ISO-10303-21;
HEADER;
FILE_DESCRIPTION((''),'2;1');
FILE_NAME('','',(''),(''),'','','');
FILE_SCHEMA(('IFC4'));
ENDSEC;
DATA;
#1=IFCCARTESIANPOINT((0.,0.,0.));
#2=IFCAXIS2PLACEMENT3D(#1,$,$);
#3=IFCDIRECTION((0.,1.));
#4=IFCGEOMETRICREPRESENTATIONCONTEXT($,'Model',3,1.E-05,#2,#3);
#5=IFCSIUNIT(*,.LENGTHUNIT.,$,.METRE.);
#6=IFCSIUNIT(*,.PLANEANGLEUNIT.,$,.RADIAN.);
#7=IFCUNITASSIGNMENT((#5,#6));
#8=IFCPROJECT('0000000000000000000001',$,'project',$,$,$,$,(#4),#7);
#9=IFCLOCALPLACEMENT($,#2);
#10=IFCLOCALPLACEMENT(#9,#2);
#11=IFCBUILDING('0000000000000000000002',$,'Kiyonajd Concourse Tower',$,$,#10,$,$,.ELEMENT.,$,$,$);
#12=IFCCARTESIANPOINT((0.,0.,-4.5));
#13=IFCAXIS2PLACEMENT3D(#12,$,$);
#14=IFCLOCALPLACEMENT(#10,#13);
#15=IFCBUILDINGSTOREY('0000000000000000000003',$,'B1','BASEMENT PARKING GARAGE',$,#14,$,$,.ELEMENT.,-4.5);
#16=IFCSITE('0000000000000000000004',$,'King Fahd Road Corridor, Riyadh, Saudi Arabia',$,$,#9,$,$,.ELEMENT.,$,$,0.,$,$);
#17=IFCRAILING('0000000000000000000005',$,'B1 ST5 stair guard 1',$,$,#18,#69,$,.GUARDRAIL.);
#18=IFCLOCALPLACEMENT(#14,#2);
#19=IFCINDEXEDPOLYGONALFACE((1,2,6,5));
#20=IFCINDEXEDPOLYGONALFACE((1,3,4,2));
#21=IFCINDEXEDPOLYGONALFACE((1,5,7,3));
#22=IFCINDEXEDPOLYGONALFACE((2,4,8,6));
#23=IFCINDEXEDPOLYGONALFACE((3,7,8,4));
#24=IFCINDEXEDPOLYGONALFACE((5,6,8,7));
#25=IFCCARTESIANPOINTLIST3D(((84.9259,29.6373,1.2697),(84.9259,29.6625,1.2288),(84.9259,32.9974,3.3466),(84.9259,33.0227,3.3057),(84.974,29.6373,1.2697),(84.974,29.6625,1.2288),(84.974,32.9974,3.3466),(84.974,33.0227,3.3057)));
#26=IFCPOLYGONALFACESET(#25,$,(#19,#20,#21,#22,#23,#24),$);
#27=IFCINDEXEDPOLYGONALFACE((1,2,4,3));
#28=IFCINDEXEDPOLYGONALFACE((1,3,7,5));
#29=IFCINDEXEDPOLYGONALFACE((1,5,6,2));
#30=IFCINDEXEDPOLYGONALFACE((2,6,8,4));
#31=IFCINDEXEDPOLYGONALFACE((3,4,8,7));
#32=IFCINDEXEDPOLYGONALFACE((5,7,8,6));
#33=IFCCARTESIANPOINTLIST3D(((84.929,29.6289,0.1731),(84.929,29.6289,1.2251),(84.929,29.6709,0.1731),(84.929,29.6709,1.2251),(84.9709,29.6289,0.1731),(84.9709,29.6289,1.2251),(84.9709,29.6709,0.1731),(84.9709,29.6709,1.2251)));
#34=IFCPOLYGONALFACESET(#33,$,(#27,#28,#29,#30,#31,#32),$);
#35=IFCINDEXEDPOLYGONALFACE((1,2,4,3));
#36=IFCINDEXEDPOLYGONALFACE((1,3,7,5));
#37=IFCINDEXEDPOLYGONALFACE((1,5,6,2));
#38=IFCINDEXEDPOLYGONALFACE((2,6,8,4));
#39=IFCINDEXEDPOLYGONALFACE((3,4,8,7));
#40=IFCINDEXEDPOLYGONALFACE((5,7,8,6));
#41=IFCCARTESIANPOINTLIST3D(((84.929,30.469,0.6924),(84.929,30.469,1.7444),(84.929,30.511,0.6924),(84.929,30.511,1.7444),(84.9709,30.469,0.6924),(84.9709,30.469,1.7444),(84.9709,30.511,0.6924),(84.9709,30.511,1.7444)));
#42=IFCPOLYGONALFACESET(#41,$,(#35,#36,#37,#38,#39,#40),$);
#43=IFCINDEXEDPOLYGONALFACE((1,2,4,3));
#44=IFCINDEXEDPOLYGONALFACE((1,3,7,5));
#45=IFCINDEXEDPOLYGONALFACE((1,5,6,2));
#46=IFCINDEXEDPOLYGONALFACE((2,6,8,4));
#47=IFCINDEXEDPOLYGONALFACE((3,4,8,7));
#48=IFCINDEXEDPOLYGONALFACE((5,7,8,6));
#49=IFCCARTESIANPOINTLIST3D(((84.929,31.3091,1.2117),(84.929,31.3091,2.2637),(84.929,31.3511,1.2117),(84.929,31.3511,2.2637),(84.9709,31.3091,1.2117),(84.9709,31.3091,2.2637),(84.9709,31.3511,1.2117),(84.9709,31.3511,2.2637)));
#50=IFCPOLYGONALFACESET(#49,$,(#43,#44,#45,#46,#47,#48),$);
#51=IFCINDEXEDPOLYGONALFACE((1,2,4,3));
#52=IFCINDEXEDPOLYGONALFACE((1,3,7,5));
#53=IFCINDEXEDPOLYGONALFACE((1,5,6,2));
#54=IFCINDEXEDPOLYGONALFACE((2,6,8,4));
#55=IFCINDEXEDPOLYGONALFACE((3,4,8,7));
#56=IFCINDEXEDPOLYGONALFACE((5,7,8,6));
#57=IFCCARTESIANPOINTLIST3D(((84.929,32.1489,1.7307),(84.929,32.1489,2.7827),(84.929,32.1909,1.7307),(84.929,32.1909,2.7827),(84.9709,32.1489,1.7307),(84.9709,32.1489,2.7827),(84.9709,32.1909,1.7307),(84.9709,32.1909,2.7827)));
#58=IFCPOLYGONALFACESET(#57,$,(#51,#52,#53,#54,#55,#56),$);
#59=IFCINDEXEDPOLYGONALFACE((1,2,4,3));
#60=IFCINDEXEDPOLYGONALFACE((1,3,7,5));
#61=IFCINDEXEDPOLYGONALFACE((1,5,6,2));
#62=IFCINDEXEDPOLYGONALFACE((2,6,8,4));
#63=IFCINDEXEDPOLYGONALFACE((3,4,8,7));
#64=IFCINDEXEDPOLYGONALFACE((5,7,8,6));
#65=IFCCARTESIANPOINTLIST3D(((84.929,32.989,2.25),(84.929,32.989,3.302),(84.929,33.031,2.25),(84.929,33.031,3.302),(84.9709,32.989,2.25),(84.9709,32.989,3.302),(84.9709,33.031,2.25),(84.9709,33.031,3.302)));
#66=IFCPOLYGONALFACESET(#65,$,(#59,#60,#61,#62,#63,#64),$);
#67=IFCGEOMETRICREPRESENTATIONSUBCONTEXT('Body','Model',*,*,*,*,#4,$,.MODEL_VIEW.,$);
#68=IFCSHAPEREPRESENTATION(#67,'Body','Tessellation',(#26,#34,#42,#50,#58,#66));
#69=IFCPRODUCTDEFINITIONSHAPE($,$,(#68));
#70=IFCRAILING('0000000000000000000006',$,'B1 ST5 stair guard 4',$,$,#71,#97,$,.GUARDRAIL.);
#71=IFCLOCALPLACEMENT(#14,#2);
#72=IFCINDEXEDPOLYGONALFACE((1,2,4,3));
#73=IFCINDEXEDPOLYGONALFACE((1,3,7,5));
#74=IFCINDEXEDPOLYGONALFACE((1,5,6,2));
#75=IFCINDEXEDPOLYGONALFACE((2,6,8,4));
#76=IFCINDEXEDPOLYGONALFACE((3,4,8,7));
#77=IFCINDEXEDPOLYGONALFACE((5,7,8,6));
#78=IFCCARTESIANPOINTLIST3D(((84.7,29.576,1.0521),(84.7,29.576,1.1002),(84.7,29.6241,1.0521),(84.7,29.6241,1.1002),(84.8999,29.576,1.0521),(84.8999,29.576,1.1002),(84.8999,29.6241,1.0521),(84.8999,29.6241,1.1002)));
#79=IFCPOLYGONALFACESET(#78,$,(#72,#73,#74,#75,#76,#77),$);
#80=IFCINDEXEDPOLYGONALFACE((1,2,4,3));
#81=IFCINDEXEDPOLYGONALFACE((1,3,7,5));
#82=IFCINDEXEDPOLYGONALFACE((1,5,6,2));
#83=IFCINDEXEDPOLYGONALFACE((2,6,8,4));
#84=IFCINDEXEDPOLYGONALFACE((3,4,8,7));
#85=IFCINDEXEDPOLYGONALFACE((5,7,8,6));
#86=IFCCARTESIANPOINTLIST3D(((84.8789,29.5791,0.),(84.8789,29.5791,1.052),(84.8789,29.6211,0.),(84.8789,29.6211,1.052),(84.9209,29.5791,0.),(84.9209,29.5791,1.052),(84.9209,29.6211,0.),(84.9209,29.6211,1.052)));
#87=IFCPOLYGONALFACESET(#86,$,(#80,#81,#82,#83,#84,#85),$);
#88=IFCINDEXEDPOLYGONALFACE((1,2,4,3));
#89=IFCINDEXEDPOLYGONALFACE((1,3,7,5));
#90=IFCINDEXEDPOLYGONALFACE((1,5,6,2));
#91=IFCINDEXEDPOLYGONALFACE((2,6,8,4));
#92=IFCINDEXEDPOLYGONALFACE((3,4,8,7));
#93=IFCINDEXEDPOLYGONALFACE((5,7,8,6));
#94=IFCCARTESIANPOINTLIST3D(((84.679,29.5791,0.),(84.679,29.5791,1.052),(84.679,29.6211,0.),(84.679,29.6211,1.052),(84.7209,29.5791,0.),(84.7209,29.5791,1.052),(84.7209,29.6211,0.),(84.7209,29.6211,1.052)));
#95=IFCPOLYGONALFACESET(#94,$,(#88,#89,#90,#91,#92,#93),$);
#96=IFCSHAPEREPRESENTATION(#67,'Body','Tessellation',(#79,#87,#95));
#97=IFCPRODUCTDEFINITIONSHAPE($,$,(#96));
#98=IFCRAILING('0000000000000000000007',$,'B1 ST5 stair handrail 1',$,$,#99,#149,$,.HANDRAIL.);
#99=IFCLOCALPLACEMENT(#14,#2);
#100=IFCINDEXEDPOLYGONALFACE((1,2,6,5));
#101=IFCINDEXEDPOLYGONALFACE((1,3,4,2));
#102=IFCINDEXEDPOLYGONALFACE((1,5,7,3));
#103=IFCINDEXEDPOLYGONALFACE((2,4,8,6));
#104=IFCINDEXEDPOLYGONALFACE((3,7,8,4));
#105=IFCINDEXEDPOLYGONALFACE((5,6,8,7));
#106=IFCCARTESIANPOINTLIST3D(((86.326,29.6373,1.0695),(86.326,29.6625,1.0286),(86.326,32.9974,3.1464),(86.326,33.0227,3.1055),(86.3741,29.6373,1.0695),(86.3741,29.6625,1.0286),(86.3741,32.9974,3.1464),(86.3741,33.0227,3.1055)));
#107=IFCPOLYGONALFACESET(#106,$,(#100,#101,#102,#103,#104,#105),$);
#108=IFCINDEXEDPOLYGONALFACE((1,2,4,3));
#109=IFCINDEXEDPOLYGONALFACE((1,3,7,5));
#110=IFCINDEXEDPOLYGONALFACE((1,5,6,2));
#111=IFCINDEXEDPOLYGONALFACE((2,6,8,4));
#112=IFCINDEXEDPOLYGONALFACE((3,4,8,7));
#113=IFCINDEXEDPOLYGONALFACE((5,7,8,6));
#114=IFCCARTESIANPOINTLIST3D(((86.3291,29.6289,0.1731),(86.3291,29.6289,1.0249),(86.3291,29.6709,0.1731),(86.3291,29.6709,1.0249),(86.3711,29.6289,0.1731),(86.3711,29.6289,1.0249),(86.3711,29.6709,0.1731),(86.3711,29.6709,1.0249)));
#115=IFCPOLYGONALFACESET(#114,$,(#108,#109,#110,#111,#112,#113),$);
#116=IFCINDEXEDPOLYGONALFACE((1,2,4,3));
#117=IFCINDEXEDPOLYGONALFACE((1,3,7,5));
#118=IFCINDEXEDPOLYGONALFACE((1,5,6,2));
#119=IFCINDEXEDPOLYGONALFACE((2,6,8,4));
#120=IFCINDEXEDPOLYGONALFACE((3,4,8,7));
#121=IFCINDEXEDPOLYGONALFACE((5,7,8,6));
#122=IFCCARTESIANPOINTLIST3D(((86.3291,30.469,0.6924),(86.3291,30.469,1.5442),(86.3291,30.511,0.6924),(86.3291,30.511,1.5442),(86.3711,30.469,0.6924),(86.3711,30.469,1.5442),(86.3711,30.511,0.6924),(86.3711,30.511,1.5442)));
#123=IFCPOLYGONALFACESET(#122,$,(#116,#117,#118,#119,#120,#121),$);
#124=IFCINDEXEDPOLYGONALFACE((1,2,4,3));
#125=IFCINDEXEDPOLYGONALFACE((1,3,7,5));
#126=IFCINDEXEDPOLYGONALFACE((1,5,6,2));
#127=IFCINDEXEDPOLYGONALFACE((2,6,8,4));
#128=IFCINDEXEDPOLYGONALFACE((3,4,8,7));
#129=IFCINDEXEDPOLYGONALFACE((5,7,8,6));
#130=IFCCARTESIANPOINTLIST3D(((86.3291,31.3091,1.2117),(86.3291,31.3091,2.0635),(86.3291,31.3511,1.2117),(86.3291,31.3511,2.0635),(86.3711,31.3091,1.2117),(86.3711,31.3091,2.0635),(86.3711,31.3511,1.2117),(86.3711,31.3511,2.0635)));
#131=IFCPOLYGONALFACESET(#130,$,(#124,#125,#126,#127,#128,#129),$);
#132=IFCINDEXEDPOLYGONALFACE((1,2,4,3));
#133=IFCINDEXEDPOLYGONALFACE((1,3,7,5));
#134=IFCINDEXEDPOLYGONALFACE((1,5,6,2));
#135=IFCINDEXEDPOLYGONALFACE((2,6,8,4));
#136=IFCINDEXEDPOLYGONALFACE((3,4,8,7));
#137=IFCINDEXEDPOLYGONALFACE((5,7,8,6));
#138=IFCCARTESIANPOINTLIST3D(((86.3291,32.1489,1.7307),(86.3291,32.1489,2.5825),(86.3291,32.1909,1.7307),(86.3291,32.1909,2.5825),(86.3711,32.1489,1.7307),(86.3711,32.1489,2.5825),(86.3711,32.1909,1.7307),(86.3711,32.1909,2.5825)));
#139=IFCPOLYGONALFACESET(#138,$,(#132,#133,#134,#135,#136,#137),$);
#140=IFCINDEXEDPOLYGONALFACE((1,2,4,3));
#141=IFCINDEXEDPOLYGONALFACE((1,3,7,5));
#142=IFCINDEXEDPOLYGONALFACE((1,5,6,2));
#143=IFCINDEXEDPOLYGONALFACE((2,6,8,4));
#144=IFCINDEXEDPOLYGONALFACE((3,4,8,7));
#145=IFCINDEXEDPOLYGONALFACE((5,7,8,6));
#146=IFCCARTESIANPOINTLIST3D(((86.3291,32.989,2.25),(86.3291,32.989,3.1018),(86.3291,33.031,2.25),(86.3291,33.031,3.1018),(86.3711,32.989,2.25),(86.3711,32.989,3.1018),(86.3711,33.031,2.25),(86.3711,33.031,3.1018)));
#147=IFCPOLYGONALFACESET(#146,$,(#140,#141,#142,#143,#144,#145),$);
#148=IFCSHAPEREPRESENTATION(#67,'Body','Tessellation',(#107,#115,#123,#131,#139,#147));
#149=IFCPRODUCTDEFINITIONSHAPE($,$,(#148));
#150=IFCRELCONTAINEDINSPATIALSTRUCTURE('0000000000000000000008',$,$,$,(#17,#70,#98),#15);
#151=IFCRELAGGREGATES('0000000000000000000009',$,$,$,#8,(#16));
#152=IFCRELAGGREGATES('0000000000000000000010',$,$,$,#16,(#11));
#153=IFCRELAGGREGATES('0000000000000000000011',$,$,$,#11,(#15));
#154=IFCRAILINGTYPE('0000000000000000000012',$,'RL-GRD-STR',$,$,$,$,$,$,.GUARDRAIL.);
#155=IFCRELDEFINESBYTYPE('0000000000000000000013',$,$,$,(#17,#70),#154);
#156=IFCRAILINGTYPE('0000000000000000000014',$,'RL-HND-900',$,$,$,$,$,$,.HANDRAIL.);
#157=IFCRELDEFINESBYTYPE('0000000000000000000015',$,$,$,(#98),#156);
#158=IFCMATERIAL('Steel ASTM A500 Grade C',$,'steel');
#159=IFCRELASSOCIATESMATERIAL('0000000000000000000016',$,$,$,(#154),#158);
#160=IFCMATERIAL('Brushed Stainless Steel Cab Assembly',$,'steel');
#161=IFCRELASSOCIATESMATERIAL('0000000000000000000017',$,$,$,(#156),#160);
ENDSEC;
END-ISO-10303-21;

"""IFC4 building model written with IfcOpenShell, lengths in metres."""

from ifc_helpers import new_model, si_unit, direction, frame, origin, origin_2d, place, context, subcontext, project, spatial, rectangle, extrude, material, type_object, element, save


model = new_model("IFC4")

# Units and contexts
model_context = context("Model", 3, precision=1e-05, world=origin(), true_north=direction((0.0, 1.0)))
body_context = subcontext(model_context, "Body", "Model", "MODEL_VIEW")
ifc_project = project(units=[si_unit("LENGTHUNIT", "METRE"), si_unit("PLANEANGLEUNIT", "RADIAN")], contexts=[model_context])

# Site, building, storey
site_placement = place(None, origin())
site = spatial("IfcSite", under=ifc_project, at=site_placement, Name="King Fahd Road Corridor, Riyadh, Saudi Arabia", CompositionType="ELEMENT", RefElevation=0.0)
building_placement = place(site_placement, origin())
building = spatial("IfcBuilding", under=site, at=building_placement, Name="Kiyonajd Concourse Tower", CompositionType="ELEMENT")
storey_placement = place(building_placement, frame((0.0, 0.0, -4.5)))
storey = spatial("IfcBuildingStorey", under=building, at=storey_placement, Name="B1", Description="BASEMENT PARKING GARAGE", CompositionType="ELEMENT", Elevation=-4.5)

# Shared definitions
ifc_material_1 = material(Name="Brushed Stainless Steel Cab Assembly", Category="steel")

# Railings
ifc_material_2 = material(Name="Steel ASTM A500 Grade C", Category="steel")
railing_type_1 = type_object("IfcRailingType", Name="RL-GRD-STR", PredefinedType="GUARDRAIL", material=ifc_material_2)
railing_1_placement = place(storey_placement, frame((84.95, 29.6499, 0.1731)))
element("IfcRailing", 1, at=railing_1_placement, inside=storey, type_object=railing_type_1, Name="B1 ST5 stair guard 1", PredefinedType="GUARDRAIL", context=body_context, shape_type="SweptSolid", body=[
    extrude(rectangle(XDim=0.0481, YDim=0.0481, at=origin_2d()), frame((0.0, 0.0, 1.0762), z_axis=(0.0, 0.850623, 0.525776), x_axis=(-1.0, 0.0, 0.0)), (0.0, 0.0, 1.0), 3.9502),
    extrude(rectangle(XDim=0.042, YDim=0.042, at=origin_2d()), origin(), (0.0, 0.0, 1.0), 1.052),
    extrude(rectangle(XDim=0.042, YDim=0.042, at=origin_2d()), frame((0.0, 0.8401, 0.5193)), (0.0, 0.0, 1.0), 1.052),
    extrude(rectangle(XDim=0.042, YDim=0.042, at=origin_2d()), frame((0.0, 1.6802, 1.0386)), (0.0, 0.0, 1.0), 1.052),
    extrude(rectangle(XDim=0.042, YDim=0.042, at=origin_2d()), frame((0.0, 2.52, 1.5576)), (0.0, 0.0, 1.0), 1.052),
    extrude(rectangle(XDim=0.042, YDim=0.042, at=origin_2d()), frame((0.0, 3.3601, 2.0769)), (0.0, 0.0, 1.0), 1.052),
])
railing_2_placement = place(storey_placement, frame((84.8999, 29.6001, 0.0)))
element("IfcRailing", 2, at=railing_2_placement, inside=storey, type_object=railing_type_1, Name="B1 ST5 stair guard 4", PredefinedType="GUARDRAIL", context=body_context, shape_type="SweptSolid", body=[
    extrude(rectangle(XDim=0.0481, YDim=0.0481, at=origin_2d()), frame((0.0, 0.0, 1.0762), z_axis=(-1.0, 0.0, 0.0), x_axis=(0.0, -1.0, 0.0)), (0.0, 0.0, 1.0), 0.2),
    extrude(rectangle(XDim=0.042, YDim=0.042, at=origin_2d()), origin(), (0.0, 0.0, 1.0), 1.052),
    extrude(rectangle(XDim=0.042, YDim=0.042, at=origin_2d()), frame((-0.2, 0.0, 0.0)), (0.0, 0.0, 1.0), 1.052),
])
railing_type_2 = type_object("IfcRailingType", Name="RL-HND-900", PredefinedType="HANDRAIL", material=ifc_material_1)
railing_3_placement = place(storey_placement, frame((86.3501, 29.6499, 0.1731)))
element("IfcRailing", 3, at=railing_3_placement, inside=storey, type_object=railing_type_2, Name="B1 ST5 stair handrail 1", PredefinedType="HANDRAIL", context=body_context, shape_type="SweptSolid", body=[
    extrude(rectangle(XDim=0.0481, YDim=0.0481, at=origin_2d()), frame((0.0, 0.0, 0.876), z_axis=(0.0, 0.850623, 0.525776), x_axis=(-1.0, 0.0, 0.0)), (0.0, 0.0, 1.0), 3.9502),
    extrude(rectangle(XDim=0.042, YDim=0.042, at=origin_2d()), origin(), (0.0, 0.0, 1.0), 0.8518),
    extrude(rectangle(XDim=0.042, YDim=0.042, at=origin_2d()), frame((0.0, 0.8401, 0.5193)), (0.0, 0.0, 1.0), 0.8518),
    extrude(rectangle(XDim=0.042, YDim=0.042, at=origin_2d()), frame((0.0, 1.6802, 1.0386)), (0.0, 0.0, 1.0), 0.8518),
    extrude(rectangle(XDim=0.042, YDim=0.042, at=origin_2d()), frame((0.0, 2.52, 1.5576)), (0.0, 0.0, 1.0), 0.8518),
    extrude(rectangle(XDim=0.042, YDim=0.042, at=origin_2d()), frame((0.0, 3.3601, 2.0769)), (0.0, 0.0, 1.0), 0.8518),
])

save(model, "model.ifc")
